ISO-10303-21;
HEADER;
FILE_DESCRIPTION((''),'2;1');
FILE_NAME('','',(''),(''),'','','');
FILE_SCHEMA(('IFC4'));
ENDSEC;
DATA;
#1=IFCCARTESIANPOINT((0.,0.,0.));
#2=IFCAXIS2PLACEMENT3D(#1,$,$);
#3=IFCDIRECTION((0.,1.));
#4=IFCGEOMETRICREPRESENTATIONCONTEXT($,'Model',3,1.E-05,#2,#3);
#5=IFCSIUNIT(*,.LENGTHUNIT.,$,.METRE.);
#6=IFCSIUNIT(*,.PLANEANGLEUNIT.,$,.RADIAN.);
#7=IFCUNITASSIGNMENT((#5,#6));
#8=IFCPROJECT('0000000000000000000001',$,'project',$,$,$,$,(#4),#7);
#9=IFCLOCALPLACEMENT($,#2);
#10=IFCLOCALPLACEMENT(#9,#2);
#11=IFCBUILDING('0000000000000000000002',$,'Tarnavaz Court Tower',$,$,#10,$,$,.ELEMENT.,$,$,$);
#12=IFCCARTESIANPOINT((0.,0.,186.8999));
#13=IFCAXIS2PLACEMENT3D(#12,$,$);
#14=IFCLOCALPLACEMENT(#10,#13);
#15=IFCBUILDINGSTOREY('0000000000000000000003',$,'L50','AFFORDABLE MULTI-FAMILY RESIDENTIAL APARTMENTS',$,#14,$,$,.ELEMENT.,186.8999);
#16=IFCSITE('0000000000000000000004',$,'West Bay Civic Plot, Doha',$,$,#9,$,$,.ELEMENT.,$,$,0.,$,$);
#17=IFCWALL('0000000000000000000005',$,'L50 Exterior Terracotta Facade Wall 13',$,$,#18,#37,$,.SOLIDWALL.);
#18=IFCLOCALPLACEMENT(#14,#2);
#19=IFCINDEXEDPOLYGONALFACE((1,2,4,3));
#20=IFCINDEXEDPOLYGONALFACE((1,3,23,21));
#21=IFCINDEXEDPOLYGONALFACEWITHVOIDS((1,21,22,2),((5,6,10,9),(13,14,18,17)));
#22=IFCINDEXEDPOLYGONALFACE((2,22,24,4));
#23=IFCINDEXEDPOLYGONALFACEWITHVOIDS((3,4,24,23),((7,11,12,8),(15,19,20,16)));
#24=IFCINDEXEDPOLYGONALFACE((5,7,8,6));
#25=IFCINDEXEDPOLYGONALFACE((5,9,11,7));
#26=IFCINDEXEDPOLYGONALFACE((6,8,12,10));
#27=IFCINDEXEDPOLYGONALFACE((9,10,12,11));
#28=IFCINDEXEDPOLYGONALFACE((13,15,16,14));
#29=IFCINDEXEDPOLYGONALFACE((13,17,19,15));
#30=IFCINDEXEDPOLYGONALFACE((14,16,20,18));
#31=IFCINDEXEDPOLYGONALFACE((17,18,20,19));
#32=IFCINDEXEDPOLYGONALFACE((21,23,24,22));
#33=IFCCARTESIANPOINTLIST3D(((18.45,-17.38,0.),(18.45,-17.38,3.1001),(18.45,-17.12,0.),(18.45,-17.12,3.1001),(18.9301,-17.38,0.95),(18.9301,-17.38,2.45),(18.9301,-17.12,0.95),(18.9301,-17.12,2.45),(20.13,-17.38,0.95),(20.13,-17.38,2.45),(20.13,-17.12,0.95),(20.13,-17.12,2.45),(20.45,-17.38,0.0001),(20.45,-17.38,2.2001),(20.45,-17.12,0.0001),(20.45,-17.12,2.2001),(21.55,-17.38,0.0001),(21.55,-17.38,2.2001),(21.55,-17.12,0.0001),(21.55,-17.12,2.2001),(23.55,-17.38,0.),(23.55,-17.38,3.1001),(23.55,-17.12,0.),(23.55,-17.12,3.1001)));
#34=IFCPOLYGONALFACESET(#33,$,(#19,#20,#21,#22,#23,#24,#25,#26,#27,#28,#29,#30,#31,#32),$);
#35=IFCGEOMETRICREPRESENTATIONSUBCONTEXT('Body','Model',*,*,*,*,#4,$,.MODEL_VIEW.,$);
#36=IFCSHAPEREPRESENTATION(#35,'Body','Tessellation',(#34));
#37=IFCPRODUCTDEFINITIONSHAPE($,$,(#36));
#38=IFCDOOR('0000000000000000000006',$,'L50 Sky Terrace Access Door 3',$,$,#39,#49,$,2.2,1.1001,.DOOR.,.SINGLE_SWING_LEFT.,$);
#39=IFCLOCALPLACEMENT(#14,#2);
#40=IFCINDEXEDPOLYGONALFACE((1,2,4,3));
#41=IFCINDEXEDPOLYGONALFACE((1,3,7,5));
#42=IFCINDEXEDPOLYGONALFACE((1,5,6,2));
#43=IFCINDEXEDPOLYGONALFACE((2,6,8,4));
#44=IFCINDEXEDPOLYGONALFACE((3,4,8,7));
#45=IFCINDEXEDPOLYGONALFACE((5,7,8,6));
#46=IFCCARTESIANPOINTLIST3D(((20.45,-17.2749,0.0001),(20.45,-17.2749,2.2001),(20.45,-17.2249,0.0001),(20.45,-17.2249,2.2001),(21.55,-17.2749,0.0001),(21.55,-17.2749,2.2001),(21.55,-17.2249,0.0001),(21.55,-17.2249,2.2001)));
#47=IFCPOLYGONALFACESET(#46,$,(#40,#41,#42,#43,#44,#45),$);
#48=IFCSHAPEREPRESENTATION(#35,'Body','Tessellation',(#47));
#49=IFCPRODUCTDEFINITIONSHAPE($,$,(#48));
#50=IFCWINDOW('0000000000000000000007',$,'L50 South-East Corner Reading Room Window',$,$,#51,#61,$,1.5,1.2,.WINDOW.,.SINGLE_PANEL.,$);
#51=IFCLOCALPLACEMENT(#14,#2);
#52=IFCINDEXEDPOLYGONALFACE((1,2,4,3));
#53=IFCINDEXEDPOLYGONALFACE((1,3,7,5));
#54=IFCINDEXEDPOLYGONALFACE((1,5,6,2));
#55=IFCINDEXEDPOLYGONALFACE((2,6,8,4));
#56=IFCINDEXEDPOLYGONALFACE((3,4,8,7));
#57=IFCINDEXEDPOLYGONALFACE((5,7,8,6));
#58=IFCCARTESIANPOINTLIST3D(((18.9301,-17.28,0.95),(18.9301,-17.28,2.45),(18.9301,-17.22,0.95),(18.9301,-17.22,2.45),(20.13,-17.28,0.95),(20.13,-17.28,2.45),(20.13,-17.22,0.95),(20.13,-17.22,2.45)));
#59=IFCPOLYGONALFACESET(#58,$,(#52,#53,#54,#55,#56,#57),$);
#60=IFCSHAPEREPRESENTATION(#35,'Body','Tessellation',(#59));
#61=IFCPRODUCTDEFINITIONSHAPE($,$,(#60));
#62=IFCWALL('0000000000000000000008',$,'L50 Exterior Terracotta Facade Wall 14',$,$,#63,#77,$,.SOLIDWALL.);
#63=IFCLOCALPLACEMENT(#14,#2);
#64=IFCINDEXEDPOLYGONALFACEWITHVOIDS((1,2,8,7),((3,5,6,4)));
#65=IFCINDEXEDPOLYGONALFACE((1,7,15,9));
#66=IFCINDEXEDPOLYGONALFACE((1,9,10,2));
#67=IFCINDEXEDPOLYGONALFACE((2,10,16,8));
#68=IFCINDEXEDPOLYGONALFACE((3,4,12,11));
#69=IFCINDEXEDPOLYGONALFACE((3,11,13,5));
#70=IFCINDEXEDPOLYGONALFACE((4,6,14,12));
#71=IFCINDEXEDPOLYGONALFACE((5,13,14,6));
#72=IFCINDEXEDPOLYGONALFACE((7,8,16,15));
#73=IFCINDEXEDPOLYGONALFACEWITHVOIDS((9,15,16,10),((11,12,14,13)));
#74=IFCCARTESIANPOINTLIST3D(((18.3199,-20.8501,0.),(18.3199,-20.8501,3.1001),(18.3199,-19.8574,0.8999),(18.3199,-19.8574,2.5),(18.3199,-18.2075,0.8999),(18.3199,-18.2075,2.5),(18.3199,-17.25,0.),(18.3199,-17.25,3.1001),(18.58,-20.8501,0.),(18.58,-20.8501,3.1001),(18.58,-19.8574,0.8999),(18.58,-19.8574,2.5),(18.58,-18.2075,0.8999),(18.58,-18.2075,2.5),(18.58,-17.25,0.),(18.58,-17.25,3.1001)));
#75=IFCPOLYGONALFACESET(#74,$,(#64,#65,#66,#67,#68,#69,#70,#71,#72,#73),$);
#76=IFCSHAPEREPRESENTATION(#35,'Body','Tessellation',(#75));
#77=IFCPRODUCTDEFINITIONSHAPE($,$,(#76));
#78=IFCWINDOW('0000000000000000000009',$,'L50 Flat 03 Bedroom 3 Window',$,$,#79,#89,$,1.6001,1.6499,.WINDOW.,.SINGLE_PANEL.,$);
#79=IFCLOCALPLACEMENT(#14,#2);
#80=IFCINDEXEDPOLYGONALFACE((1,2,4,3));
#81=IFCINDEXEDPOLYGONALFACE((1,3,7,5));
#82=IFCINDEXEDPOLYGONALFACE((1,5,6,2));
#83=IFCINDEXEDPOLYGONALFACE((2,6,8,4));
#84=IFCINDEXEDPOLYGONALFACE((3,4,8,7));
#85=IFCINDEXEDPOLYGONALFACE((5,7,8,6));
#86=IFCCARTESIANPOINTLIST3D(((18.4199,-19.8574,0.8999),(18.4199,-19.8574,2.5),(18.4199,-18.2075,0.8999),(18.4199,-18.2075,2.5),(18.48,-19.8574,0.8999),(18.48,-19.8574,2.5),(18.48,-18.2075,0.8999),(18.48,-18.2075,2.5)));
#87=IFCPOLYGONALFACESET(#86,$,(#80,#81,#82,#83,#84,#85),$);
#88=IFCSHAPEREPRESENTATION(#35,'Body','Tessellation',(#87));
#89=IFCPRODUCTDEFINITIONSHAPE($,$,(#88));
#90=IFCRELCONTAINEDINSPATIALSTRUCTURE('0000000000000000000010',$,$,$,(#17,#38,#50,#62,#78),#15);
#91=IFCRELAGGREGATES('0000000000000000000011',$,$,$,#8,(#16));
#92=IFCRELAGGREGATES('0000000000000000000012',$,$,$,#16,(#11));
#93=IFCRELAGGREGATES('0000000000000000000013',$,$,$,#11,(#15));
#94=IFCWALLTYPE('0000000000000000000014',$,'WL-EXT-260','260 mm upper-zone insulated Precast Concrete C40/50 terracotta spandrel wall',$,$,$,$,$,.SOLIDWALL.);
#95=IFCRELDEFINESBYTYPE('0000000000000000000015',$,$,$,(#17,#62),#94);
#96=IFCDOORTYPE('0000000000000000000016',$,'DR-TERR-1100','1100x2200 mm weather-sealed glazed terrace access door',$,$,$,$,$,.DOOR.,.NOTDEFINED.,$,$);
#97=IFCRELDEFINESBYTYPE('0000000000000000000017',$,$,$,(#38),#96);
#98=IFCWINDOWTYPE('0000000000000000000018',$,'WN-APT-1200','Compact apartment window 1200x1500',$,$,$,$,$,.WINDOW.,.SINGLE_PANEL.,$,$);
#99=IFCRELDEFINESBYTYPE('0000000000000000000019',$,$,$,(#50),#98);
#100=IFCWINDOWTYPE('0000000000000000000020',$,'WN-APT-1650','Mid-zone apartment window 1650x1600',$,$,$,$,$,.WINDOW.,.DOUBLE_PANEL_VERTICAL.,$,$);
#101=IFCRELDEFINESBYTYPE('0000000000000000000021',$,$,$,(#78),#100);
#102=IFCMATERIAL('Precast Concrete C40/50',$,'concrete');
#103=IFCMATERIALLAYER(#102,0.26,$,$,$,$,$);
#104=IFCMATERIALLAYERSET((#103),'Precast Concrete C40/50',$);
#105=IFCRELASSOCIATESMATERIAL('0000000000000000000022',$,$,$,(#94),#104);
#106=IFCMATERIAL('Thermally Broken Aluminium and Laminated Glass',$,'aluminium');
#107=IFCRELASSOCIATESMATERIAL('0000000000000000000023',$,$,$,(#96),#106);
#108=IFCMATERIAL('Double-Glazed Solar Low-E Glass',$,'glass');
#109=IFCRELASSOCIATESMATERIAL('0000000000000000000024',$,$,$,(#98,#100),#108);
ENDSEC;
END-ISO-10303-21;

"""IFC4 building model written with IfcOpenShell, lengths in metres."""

from ifc_helpers import new_model, si_unit, direction, frame, frame_2d, origin, place, context, subcontext, project, spatial, rectangle, extrude, material, layer, layer_set, type_object, element, fill, save


model = new_model("IFC4")

# Units and contexts
model_context = context("Model", 3, precision=1e-05, world=origin(), true_north=direction((0.0, 1.0)))
body_context = subcontext(model_context, "Body", "Model", "MODEL_VIEW")
ifc_project = project(units=[si_unit("LENGTHUNIT", "METRE"), si_unit("PLANEANGLEUNIT", "RADIAN")], contexts=[model_context])

# Site, building, storey
site_placement = place(None, origin())
site = spatial("IfcSite", under=ifc_project, at=site_placement, Name="West Bay Civic Plot, Doha", CompositionType="ELEMENT", RefElevation=0.0)
building_placement = place(site_placement, origin())
building = spatial("IfcBuilding", under=site, at=building_placement, Name="Tarnavaz Court Tower", CompositionType="ELEMENT")
storey_placement = place(building_placement, frame((0.0, 0.0, 186.8999)))
storey = spatial("IfcBuildingStorey", under=building, at=storey_placement, Name="L50", Description="AFFORDABLE MULTI-FAMILY RESIDENTIAL APARTMENTS", CompositionType="ELEMENT", Elevation=186.8999)

# Wall, openings, door, window
ifc_material_1 = material(Name="Precast Concrete C40/50", Category="concrete")
ifc_layer_1 = layer(ifc_material_1, 0.26)
ifc_layer_set_1 = layer_set([ifc_layer_1], Name="Precast Concrete C40/50")
wall_type_1 = type_object("IfcWallType", Name="WL-EXT-260", Description="260 mm upper-zone insulated Precast Concrete C40/50 terracotta spandrel wall", PredefinedType="SOLIDWALL", material=ifc_layer_set_1)
wall_1_placement = place(storey_placement, frame((23.55, -17.25, 0.0), z_axis=(0.0, 0.0, 1.0), x_axis=(-1.0, 0.0, 0.0)))
wall_1 = element("IfcWall", 1, at=wall_1_placement, inside=storey, type_object=wall_type_1, Name="L50 Exterior Terracotta Facade Wall 13", PredefinedType="SOLIDWALL", context=body_context, shape_type="SweptSolid", body=[
    extrude(rectangle(XDim=5.1001, YDim=0.26, at=frame_2d((2.55, 0.0))), origin(), (0.0, 0.0, 1.0), 3.1001),
])
opening_1_placement = place(wall_1_placement, frame((2.0, 0.0, 0.0)))
opening_1 = element("IfcOpeningElement", 2, at=opening_1_placement, cuts=wall_1, PredefinedType="OPENING", context=body_context, shape_type="SweptSolid", body=[
    extrude(rectangle(XDim=1.1001, YDim=2.2, at=frame_2d((0.55, 1.1001))), frame((0.0, 0.1399, 0.0), z_axis=(0.0, -1.0, 0.0), x_axis=(1.0, 0.0, 0.0)), (0.0, 0.0, 1.0), 0.28),
])
opening_2_placement = place(wall_1_placement, frame((3.4199, 0.0, 0.95)))
opening_2 = element("IfcOpeningElement", 3, at=opening_2_placement, cuts=wall_1, PredefinedType="OPENING", context=body_context, shape_type="SweptSolid", body=[
    extrude(rectangle(XDim=1.2, YDim=1.5, at=frame_2d((0.6001, 0.75))), frame((0.0, 0.1399, 0.0), z_axis=(0.0, -1.0, 0.0), x_axis=(1.0, 0.0, 0.0)), (0.0, 0.0, 1.0), 0.28),
])
ifc_material_2 = material(Name="Thermally Broken Aluminium and Laminated Glass", Category="aluminium")
door_type_1 = type_object("IfcDoorType", Name="DR-TERR-1100", Description="1100x2200 mm weather-sealed glazed terrace access door", OperationType="NOTDEFINED", PredefinedType="DOOR", material=ifc_material_2)
door_1_placement = place(opening_1_placement, origin())
door_1 = element("IfcDoor", 4, at=door_1_placement, inside=storey, type_object=door_type_1, Name="L50 Sky Terrace Access Door 3", OperationType="SINGLE_SWING_LEFT", OverallHeight=2.2, OverallWidth=1.1001, PredefinedType="DOOR", context=body_context, shape_type="SweptSolid", body=[
    extrude(rectangle(XDim=1.1001, YDim=2.2, at=frame_2d((0.55, 1.1001))), frame((0.0, 0.0249, 0.0), z_axis=(0.0, -1.0, 0.0), x_axis=(1.0, 0.0, 0.0)), (0.0, 0.0, 1.0), 0.05),
])
fill(opening_1, door_1)
ifc_material_3 = material(Name="Double-Glazed Solar Low-E Glass", Category="glass")
window_type_1 = type_object("IfcWindowType", Name="WN-APT-1200", Description="Compact apartment window 1200x1500", PartitioningType="SINGLE_PANEL", PredefinedType="WINDOW", material=ifc_material_3)
window_1_placement = place(opening_2_placement, origin())
window_1 = element("IfcWindow", 5, at=window_1_placement, inside=storey, type_object=window_type_1, Name="L50 South-East Corner Reading Room Window", OverallHeight=1.5, OverallWidth=1.2, PartitioningType="SINGLE_PANEL", PredefinedType="WINDOW", context=body_context, shape_type="SweptSolid", body=[
    extrude(rectangle(XDim=1.2, YDim=1.5, at=frame_2d((0.6001, 0.75))), frame((0.0, 0.03, 0.0), z_axis=(0.0, -1.0, 0.0), x_axis=(1.0, 0.0, 0.0)), (0.0, 0.0, 1.0), 0.0601),
])
fill(opening_2, window_1)

# Wall, opening, window
wall_2_placement = place(storey_placement, frame((18.45, -17.25, 0.0), z_axis=(0.0, 0.0, 1.0), x_axis=(0.0, -1.0, 0.0)))
wall_2 = element("IfcWall", 6, at=wall_2_placement, inside=storey, type_object=wall_type_1, Name="L50 Exterior Terracotta Facade Wall 14", PredefinedType="SOLIDWALL", context=body_context, shape_type="SweptSolid", body=[
    extrude(rectangle(XDim=3.6001, YDim=0.26, at=frame_2d((1.8, 0.0))), origin(), (0.0, 0.0, 1.0), 3.1001),
])
opening_3_placement = place(wall_2_placement, frame((0.9575, 0.0, 0.8999)))
opening_3 = element("IfcOpeningElement", 7, at=opening_3_placement, cuts=wall_2, PredefinedType="OPENING", context=body_context, shape_type="SweptSolid", body=[
    extrude(rectangle(XDim=1.6499, YDim=1.6001, at=frame_2d((0.825, 0.8))), frame((0.0, 0.1399, 0.0), z_axis=(0.0, -1.0, 0.0), x_axis=(1.0, 0.0, 0.0)), (0.0, 0.0, 1.0), 0.28),
])
window_type_2 = type_object("IfcWindowType", Name="WN-APT-1650", Description="Mid-zone apartment window 1650x1600", PartitioningType="DOUBLE_PANEL_VERTICAL", PredefinedType="WINDOW", material=ifc_material_3)
window_2_placement = place(opening_3_placement, origin())
window_2 = element("IfcWindow", 8, at=window_2_placement, inside=storey, type_object=window_type_2, Name="L50 Flat 03 Bedroom 3 Window", OverallHeight=1.6001, OverallWidth=1.6499, PartitioningType="SINGLE_PANEL", PredefinedType="WINDOW", context=body_context, shape_type="SweptSolid", body=[
    extrude(rectangle(XDim=1.6499, YDim=1.6001, at=frame_2d((0.825, 0.8))), frame((0.0, 0.03, 0.0), z_axis=(0.0, -1.0, 0.0), x_axis=(1.0, 0.0, 0.0)), (0.0, 0.0, 1.0), 0.0601),
])
fill(opening_3, window_2)

save(model, "model.ifc")
